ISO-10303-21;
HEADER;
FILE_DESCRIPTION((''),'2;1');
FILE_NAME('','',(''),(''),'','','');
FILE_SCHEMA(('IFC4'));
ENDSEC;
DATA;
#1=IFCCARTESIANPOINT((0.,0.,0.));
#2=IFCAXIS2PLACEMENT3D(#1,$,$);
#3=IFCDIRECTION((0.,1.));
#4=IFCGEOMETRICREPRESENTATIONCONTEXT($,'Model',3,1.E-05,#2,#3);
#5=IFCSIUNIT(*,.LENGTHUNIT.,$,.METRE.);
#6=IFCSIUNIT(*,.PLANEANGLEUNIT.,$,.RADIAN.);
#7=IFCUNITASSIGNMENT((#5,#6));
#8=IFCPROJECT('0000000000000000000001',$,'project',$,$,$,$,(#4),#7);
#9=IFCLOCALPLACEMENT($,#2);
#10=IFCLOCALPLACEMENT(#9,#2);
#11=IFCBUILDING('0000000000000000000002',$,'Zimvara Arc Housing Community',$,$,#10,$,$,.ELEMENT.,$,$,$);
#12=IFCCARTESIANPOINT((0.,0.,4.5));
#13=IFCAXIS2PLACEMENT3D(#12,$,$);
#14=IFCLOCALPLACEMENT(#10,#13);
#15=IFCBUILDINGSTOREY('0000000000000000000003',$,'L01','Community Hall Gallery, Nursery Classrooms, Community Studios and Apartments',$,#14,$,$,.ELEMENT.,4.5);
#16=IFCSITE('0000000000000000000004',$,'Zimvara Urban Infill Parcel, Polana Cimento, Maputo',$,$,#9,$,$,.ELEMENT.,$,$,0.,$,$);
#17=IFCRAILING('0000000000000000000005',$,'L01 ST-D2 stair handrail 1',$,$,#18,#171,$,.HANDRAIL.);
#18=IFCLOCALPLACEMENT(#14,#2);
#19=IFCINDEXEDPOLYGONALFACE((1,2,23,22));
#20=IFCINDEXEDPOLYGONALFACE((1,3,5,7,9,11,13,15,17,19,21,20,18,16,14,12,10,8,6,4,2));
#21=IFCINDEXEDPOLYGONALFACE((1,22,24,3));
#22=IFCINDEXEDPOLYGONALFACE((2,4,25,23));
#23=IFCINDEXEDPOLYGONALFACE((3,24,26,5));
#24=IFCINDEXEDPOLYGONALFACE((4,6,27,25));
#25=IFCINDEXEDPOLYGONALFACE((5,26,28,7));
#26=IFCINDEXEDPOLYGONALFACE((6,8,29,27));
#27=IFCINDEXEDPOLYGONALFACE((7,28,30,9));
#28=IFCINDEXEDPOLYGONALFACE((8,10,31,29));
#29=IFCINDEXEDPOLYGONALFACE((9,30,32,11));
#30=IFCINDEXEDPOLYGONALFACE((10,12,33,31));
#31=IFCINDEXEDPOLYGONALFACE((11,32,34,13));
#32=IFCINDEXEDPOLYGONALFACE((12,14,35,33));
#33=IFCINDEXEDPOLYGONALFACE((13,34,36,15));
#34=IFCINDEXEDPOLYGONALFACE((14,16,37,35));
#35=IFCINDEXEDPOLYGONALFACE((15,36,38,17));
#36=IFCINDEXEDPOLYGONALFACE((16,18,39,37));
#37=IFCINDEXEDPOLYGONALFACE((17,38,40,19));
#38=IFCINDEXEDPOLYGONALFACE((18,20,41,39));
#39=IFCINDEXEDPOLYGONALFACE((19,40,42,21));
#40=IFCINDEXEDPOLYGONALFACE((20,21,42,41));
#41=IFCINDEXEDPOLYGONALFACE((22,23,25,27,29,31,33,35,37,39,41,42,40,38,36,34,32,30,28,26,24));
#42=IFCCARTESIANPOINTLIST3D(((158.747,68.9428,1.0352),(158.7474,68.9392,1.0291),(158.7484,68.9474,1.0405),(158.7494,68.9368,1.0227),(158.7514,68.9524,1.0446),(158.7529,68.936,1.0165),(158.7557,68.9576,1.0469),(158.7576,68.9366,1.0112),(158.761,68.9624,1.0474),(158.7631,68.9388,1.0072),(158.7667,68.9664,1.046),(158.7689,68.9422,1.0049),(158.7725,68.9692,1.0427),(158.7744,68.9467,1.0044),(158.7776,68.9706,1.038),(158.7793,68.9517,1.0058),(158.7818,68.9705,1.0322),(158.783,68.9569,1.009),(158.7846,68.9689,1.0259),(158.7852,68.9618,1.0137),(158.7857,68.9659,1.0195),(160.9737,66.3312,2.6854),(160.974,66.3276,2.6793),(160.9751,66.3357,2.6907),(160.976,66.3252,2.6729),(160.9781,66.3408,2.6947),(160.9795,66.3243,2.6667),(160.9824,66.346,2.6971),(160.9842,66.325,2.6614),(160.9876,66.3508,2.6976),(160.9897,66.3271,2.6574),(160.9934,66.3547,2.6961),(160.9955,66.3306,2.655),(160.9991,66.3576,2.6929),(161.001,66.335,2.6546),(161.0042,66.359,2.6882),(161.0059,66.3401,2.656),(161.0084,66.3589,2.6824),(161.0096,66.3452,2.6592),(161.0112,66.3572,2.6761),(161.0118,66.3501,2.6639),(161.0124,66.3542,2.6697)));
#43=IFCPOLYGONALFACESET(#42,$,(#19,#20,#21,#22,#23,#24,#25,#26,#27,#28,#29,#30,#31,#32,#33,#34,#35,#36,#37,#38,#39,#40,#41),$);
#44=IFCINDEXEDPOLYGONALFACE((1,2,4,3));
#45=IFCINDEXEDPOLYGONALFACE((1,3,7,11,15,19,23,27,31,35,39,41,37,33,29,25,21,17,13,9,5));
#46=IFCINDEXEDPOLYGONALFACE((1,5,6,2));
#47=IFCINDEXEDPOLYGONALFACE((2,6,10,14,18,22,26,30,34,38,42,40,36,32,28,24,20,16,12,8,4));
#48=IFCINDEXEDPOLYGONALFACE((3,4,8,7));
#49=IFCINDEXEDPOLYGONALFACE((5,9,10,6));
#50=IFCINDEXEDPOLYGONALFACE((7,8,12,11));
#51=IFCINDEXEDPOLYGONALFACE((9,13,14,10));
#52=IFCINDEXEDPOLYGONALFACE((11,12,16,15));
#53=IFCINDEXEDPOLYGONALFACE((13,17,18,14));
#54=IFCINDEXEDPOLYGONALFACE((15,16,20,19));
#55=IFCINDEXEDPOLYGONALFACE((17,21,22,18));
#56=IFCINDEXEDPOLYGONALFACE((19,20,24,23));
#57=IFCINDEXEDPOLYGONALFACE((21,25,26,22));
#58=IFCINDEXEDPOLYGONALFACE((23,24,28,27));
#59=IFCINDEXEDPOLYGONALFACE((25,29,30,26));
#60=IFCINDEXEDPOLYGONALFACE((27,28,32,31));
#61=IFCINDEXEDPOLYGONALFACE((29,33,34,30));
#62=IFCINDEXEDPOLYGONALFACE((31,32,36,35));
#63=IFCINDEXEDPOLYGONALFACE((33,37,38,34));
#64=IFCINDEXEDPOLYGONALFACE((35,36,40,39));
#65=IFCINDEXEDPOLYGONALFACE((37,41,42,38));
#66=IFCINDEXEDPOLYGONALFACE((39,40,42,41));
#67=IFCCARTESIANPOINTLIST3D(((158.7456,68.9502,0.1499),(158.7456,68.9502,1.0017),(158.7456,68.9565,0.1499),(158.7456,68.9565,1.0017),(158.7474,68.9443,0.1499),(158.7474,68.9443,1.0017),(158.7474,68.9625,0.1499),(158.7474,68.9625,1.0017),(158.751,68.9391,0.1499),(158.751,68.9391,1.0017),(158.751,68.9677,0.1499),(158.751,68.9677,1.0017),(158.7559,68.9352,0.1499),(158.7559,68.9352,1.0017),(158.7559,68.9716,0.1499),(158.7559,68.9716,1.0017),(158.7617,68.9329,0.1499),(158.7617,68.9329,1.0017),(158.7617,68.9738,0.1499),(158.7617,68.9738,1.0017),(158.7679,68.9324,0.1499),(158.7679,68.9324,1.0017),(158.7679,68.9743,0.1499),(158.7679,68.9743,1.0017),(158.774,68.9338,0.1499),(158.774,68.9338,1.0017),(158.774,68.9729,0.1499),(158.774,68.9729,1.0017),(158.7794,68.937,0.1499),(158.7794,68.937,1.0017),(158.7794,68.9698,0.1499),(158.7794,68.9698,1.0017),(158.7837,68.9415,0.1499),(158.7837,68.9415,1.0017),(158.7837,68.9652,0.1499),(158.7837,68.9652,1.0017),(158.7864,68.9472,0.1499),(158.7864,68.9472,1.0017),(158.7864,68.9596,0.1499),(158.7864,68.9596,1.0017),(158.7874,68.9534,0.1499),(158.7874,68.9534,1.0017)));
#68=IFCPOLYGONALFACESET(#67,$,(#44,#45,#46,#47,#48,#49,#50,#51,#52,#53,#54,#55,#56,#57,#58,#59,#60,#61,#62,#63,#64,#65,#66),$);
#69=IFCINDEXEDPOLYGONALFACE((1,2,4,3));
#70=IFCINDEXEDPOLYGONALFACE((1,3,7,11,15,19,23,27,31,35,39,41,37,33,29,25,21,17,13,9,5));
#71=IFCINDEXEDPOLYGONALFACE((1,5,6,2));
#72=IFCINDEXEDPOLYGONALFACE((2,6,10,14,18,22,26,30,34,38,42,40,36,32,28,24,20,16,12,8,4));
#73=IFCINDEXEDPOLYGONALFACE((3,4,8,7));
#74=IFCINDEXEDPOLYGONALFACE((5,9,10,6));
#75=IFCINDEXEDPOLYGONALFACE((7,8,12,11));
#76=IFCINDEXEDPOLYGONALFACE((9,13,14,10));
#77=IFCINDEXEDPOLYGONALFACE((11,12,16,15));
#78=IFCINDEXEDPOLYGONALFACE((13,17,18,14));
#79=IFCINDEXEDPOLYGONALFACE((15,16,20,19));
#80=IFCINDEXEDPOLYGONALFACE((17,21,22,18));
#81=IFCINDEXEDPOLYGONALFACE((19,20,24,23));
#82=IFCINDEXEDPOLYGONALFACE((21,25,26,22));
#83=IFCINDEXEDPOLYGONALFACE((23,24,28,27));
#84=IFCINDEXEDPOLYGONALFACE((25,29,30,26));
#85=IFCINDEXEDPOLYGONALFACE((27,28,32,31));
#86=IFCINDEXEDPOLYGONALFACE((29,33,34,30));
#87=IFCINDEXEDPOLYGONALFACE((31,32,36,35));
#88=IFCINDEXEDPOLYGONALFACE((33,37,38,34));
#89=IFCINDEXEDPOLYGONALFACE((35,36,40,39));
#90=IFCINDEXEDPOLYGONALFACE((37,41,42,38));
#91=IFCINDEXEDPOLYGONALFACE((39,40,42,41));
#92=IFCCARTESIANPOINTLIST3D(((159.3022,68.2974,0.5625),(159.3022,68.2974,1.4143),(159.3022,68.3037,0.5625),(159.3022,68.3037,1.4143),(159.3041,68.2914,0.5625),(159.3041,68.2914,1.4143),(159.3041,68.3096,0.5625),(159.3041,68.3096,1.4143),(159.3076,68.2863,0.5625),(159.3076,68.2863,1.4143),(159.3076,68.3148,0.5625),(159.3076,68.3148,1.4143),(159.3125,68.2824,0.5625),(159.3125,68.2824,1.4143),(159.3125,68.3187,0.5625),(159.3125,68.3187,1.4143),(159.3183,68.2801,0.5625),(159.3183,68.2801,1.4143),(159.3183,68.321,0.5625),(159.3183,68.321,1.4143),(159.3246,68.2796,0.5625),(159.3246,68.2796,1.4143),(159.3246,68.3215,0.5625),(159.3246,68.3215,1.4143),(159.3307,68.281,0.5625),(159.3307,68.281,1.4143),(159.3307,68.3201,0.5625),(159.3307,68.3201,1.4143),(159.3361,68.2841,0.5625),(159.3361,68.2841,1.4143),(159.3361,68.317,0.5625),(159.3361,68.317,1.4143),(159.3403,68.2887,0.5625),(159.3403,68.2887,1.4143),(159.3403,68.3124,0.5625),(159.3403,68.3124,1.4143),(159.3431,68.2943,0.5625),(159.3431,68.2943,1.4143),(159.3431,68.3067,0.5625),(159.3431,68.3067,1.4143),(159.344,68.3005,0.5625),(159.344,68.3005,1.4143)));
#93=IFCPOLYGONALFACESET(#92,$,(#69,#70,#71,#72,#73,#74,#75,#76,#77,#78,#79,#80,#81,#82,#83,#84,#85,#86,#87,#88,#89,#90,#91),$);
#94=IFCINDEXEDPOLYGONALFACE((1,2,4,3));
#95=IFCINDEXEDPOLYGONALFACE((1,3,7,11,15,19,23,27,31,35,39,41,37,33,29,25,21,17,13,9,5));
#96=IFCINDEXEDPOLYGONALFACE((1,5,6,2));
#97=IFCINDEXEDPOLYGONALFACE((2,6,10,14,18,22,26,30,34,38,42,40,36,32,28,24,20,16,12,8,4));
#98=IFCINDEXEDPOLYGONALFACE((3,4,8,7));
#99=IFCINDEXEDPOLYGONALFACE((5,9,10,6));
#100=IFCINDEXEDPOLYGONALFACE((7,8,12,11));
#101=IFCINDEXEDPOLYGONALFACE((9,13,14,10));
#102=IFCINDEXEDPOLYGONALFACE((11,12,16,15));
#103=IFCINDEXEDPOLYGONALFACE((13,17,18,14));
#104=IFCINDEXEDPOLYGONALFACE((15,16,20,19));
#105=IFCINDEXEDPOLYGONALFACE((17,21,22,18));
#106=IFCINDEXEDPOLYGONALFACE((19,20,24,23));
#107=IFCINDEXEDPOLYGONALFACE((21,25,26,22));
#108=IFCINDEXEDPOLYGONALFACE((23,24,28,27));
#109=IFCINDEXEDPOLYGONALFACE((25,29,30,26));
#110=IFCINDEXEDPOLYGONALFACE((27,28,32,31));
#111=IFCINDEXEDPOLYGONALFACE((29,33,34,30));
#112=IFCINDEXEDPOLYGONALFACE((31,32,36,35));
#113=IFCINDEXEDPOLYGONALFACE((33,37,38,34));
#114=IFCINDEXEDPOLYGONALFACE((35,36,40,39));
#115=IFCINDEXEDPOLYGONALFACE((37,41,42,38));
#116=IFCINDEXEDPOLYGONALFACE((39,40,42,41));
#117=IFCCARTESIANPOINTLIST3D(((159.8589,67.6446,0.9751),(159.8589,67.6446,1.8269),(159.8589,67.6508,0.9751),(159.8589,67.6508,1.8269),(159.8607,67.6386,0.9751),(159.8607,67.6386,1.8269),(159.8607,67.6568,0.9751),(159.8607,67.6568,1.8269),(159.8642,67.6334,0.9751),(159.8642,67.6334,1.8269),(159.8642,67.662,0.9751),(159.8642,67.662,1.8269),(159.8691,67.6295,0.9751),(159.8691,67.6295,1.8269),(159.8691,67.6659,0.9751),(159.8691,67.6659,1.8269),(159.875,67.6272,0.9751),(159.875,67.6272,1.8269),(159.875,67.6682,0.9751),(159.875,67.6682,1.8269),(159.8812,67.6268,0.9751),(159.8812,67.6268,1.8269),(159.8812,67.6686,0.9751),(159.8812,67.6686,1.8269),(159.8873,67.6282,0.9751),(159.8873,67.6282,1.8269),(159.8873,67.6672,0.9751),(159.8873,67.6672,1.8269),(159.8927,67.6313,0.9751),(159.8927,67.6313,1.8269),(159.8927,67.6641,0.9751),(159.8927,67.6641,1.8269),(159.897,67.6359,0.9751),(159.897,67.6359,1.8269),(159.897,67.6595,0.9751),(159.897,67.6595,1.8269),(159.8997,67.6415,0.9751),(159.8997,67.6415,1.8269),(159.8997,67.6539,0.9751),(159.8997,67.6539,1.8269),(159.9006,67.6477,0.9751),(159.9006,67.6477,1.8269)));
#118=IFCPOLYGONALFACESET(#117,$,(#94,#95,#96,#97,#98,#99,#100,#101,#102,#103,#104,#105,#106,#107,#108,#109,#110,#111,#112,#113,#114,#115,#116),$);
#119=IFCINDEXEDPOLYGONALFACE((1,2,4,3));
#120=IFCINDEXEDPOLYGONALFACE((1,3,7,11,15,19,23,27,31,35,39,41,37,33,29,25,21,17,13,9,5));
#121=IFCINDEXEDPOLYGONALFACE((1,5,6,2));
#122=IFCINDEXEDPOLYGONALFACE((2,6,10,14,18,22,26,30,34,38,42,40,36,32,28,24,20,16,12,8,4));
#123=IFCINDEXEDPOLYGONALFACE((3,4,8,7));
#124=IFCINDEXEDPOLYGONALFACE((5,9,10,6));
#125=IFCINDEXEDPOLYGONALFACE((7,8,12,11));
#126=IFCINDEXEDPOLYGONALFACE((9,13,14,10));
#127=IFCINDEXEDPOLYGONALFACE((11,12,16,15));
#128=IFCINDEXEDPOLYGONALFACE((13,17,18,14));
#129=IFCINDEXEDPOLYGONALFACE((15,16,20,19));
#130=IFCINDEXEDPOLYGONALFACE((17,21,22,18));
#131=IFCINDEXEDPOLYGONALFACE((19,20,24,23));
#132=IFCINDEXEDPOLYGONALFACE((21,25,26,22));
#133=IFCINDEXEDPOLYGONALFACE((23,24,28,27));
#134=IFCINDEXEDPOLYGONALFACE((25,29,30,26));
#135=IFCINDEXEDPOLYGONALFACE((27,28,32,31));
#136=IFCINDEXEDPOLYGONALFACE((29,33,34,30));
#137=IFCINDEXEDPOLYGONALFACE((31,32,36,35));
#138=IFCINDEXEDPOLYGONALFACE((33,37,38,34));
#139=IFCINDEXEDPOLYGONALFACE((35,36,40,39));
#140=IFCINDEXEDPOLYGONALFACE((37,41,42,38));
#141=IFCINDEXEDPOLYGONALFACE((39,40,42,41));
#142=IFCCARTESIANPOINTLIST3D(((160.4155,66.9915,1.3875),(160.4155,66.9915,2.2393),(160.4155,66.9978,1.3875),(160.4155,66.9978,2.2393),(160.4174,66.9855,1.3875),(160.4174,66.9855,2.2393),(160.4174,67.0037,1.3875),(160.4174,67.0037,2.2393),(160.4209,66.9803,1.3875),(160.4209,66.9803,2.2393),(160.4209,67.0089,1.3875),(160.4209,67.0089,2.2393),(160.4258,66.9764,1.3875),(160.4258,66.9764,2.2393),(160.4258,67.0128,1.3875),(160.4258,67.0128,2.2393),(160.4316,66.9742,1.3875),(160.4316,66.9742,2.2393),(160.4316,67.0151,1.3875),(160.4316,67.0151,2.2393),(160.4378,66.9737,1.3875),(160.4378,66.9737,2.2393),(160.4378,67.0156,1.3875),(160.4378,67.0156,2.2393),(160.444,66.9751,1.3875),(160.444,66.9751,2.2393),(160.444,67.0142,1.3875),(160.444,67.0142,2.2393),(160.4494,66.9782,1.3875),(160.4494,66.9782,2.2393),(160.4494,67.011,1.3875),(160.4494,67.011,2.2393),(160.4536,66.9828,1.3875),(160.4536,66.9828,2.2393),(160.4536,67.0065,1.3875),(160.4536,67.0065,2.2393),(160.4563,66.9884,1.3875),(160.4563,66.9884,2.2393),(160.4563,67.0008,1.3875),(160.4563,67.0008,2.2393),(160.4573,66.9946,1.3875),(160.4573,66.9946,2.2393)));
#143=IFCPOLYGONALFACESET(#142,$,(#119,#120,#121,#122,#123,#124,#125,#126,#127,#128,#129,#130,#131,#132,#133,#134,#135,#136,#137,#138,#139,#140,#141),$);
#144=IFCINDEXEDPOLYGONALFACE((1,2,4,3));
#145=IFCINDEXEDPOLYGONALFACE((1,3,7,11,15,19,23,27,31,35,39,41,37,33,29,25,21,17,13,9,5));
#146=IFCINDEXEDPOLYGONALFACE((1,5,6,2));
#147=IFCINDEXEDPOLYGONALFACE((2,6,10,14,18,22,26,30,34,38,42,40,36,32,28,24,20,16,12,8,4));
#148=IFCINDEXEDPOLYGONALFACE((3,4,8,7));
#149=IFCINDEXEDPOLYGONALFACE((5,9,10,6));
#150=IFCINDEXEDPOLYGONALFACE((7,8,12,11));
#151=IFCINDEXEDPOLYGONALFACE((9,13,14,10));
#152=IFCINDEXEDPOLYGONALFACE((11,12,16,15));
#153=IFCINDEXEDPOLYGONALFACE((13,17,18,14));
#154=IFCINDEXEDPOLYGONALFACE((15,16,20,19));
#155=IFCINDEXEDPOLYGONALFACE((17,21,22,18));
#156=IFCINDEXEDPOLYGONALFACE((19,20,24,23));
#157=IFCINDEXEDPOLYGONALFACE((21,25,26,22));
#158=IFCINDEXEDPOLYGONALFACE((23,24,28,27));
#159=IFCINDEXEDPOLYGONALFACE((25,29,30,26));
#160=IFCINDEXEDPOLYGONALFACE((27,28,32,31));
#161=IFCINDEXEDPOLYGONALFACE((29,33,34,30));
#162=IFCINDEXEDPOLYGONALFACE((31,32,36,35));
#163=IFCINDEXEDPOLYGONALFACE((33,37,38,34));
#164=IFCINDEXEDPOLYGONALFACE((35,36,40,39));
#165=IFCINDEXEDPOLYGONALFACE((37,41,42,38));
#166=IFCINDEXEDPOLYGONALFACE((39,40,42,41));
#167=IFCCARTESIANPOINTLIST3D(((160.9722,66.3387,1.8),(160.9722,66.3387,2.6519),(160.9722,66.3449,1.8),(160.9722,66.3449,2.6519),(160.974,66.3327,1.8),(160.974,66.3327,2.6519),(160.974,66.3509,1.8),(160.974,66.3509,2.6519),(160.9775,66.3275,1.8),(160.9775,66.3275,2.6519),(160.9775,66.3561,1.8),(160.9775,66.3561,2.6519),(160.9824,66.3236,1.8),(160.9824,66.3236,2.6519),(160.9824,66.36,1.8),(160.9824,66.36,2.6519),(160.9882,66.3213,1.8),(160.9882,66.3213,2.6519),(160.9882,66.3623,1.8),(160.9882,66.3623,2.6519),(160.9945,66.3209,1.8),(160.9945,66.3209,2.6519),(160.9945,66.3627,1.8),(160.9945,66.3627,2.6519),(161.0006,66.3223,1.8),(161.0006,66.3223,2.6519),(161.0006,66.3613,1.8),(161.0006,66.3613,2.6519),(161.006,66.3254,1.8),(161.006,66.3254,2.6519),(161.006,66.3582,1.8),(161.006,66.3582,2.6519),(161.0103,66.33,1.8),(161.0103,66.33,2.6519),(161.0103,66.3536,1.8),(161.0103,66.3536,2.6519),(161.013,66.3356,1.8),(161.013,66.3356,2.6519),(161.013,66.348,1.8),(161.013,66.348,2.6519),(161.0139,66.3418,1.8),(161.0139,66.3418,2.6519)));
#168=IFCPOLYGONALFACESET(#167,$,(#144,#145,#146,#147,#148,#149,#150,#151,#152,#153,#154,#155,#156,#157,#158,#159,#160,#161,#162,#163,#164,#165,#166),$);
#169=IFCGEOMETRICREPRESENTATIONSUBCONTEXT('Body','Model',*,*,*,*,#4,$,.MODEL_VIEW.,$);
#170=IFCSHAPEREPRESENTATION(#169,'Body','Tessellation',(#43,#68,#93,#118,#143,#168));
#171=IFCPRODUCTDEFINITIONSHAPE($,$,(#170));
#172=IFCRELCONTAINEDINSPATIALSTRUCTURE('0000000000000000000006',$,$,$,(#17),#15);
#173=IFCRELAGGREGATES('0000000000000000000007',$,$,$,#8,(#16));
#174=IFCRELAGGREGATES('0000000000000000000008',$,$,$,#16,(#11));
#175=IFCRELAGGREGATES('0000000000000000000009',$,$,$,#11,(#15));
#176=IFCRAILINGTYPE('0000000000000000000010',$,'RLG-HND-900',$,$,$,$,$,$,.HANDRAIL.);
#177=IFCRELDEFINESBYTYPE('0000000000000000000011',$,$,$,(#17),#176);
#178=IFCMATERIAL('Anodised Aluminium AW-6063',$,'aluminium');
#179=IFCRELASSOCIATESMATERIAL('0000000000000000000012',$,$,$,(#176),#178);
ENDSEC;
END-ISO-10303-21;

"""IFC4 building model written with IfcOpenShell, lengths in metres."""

from ifc_helpers import new_model, si_unit, direction, frame, origin, origin_2d, place, context, subcontext, project, spatial, circle, extrude, material, type_object, element, save


model = new_model("IFC4")

# Units and contexts
model_context = context("Model", 3, precision=1e-05, world=origin(), true_north=direction((0.0, 1.0)))
body_context = subcontext(model_context, "Body", "Model", "MODEL_VIEW")
ifc_project = project(units=[si_unit("LENGTHUNIT", "METRE"), si_unit("PLANEANGLEUNIT", "RADIAN")], contexts=[model_context])

# Site, building, storey
site_placement = place(None, origin())
site = spatial("IfcSite", under=ifc_project, at=site_placement, Name="Zimvara Urban Infill Parcel, Polana Cimento, Maputo", CompositionType="ELEMENT", RefElevation=0.0)
building_placement = place(site_placement, origin())
building = spatial("IfcBuilding", under=site, at=building_placement, Name="Zimvara Arc Housing Community", CompositionType="ELEMENT")
storey_placement = place(building_placement, frame((0.0, 0.0, 4.5)))
storey = spatial("IfcBuildingStorey", under=building, at=storey_placement, Name="L01", Description="Community Hall Gallery, Nursery Classrooms, Community Studios and Apartments", CompositionType="ELEMENT", Elevation=4.5)

# Railing
ifc_material_1 = material(Name="Anodised Aluminium AW-6063", Category="aluminium")
railing_type_1 = type_object("IfcRailingType", Name="RLG-HND-900", PredefinedType="HANDRAIL", material=ifc_material_1)
railing_1_placement = place(storey_placement, frame((158.7664, 68.9534, 0.1499)))
element("IfcRailing", 1, at=railing_1_placement, inside=storey, type_object=railing_type_1, Name="L01 ST-D2 stair handrail 1", PredefinedType="HANDRAIL", context=body_context, shape_type="SweptSolid", body=[
    extrude(circle(Radius=0.0239, at=origin_2d()), frame((0.0, 0.0, 0.876), z_axis=(0.584706, -0.685812, 0.433337), x_axis=(0.760971, 0.648786, 0.0)), (0.0, 0.0, 1.0), 3.8081),
    extrude(circle(Radius=0.021, at=origin_2d()), origin(), (0.0, 0.0, 1.0), 0.8518),
    extrude(circle(Radius=0.021, at=origin_2d()), frame((0.5566, -0.6528, 0.4126)), (0.0, 0.0, 1.0), 0.8518),
    extrude(circle(Radius=0.021, at=origin_2d()), frame((1.1133, -1.3057, 0.8252)), (0.0, 0.0, 1.0), 0.8518),
    extrude(circle(Radius=0.021, at=origin_2d()), frame((1.6699, -1.9587, 1.2375)), (0.0, 0.0, 1.0), 0.8518),
    extrude(circle(Radius=0.021, at=origin_2d()), frame((2.2266, -2.6116, 1.6501)), (0.0, 0.0, 1.0), 0.8518),
])

save(model, "model.ifc")
